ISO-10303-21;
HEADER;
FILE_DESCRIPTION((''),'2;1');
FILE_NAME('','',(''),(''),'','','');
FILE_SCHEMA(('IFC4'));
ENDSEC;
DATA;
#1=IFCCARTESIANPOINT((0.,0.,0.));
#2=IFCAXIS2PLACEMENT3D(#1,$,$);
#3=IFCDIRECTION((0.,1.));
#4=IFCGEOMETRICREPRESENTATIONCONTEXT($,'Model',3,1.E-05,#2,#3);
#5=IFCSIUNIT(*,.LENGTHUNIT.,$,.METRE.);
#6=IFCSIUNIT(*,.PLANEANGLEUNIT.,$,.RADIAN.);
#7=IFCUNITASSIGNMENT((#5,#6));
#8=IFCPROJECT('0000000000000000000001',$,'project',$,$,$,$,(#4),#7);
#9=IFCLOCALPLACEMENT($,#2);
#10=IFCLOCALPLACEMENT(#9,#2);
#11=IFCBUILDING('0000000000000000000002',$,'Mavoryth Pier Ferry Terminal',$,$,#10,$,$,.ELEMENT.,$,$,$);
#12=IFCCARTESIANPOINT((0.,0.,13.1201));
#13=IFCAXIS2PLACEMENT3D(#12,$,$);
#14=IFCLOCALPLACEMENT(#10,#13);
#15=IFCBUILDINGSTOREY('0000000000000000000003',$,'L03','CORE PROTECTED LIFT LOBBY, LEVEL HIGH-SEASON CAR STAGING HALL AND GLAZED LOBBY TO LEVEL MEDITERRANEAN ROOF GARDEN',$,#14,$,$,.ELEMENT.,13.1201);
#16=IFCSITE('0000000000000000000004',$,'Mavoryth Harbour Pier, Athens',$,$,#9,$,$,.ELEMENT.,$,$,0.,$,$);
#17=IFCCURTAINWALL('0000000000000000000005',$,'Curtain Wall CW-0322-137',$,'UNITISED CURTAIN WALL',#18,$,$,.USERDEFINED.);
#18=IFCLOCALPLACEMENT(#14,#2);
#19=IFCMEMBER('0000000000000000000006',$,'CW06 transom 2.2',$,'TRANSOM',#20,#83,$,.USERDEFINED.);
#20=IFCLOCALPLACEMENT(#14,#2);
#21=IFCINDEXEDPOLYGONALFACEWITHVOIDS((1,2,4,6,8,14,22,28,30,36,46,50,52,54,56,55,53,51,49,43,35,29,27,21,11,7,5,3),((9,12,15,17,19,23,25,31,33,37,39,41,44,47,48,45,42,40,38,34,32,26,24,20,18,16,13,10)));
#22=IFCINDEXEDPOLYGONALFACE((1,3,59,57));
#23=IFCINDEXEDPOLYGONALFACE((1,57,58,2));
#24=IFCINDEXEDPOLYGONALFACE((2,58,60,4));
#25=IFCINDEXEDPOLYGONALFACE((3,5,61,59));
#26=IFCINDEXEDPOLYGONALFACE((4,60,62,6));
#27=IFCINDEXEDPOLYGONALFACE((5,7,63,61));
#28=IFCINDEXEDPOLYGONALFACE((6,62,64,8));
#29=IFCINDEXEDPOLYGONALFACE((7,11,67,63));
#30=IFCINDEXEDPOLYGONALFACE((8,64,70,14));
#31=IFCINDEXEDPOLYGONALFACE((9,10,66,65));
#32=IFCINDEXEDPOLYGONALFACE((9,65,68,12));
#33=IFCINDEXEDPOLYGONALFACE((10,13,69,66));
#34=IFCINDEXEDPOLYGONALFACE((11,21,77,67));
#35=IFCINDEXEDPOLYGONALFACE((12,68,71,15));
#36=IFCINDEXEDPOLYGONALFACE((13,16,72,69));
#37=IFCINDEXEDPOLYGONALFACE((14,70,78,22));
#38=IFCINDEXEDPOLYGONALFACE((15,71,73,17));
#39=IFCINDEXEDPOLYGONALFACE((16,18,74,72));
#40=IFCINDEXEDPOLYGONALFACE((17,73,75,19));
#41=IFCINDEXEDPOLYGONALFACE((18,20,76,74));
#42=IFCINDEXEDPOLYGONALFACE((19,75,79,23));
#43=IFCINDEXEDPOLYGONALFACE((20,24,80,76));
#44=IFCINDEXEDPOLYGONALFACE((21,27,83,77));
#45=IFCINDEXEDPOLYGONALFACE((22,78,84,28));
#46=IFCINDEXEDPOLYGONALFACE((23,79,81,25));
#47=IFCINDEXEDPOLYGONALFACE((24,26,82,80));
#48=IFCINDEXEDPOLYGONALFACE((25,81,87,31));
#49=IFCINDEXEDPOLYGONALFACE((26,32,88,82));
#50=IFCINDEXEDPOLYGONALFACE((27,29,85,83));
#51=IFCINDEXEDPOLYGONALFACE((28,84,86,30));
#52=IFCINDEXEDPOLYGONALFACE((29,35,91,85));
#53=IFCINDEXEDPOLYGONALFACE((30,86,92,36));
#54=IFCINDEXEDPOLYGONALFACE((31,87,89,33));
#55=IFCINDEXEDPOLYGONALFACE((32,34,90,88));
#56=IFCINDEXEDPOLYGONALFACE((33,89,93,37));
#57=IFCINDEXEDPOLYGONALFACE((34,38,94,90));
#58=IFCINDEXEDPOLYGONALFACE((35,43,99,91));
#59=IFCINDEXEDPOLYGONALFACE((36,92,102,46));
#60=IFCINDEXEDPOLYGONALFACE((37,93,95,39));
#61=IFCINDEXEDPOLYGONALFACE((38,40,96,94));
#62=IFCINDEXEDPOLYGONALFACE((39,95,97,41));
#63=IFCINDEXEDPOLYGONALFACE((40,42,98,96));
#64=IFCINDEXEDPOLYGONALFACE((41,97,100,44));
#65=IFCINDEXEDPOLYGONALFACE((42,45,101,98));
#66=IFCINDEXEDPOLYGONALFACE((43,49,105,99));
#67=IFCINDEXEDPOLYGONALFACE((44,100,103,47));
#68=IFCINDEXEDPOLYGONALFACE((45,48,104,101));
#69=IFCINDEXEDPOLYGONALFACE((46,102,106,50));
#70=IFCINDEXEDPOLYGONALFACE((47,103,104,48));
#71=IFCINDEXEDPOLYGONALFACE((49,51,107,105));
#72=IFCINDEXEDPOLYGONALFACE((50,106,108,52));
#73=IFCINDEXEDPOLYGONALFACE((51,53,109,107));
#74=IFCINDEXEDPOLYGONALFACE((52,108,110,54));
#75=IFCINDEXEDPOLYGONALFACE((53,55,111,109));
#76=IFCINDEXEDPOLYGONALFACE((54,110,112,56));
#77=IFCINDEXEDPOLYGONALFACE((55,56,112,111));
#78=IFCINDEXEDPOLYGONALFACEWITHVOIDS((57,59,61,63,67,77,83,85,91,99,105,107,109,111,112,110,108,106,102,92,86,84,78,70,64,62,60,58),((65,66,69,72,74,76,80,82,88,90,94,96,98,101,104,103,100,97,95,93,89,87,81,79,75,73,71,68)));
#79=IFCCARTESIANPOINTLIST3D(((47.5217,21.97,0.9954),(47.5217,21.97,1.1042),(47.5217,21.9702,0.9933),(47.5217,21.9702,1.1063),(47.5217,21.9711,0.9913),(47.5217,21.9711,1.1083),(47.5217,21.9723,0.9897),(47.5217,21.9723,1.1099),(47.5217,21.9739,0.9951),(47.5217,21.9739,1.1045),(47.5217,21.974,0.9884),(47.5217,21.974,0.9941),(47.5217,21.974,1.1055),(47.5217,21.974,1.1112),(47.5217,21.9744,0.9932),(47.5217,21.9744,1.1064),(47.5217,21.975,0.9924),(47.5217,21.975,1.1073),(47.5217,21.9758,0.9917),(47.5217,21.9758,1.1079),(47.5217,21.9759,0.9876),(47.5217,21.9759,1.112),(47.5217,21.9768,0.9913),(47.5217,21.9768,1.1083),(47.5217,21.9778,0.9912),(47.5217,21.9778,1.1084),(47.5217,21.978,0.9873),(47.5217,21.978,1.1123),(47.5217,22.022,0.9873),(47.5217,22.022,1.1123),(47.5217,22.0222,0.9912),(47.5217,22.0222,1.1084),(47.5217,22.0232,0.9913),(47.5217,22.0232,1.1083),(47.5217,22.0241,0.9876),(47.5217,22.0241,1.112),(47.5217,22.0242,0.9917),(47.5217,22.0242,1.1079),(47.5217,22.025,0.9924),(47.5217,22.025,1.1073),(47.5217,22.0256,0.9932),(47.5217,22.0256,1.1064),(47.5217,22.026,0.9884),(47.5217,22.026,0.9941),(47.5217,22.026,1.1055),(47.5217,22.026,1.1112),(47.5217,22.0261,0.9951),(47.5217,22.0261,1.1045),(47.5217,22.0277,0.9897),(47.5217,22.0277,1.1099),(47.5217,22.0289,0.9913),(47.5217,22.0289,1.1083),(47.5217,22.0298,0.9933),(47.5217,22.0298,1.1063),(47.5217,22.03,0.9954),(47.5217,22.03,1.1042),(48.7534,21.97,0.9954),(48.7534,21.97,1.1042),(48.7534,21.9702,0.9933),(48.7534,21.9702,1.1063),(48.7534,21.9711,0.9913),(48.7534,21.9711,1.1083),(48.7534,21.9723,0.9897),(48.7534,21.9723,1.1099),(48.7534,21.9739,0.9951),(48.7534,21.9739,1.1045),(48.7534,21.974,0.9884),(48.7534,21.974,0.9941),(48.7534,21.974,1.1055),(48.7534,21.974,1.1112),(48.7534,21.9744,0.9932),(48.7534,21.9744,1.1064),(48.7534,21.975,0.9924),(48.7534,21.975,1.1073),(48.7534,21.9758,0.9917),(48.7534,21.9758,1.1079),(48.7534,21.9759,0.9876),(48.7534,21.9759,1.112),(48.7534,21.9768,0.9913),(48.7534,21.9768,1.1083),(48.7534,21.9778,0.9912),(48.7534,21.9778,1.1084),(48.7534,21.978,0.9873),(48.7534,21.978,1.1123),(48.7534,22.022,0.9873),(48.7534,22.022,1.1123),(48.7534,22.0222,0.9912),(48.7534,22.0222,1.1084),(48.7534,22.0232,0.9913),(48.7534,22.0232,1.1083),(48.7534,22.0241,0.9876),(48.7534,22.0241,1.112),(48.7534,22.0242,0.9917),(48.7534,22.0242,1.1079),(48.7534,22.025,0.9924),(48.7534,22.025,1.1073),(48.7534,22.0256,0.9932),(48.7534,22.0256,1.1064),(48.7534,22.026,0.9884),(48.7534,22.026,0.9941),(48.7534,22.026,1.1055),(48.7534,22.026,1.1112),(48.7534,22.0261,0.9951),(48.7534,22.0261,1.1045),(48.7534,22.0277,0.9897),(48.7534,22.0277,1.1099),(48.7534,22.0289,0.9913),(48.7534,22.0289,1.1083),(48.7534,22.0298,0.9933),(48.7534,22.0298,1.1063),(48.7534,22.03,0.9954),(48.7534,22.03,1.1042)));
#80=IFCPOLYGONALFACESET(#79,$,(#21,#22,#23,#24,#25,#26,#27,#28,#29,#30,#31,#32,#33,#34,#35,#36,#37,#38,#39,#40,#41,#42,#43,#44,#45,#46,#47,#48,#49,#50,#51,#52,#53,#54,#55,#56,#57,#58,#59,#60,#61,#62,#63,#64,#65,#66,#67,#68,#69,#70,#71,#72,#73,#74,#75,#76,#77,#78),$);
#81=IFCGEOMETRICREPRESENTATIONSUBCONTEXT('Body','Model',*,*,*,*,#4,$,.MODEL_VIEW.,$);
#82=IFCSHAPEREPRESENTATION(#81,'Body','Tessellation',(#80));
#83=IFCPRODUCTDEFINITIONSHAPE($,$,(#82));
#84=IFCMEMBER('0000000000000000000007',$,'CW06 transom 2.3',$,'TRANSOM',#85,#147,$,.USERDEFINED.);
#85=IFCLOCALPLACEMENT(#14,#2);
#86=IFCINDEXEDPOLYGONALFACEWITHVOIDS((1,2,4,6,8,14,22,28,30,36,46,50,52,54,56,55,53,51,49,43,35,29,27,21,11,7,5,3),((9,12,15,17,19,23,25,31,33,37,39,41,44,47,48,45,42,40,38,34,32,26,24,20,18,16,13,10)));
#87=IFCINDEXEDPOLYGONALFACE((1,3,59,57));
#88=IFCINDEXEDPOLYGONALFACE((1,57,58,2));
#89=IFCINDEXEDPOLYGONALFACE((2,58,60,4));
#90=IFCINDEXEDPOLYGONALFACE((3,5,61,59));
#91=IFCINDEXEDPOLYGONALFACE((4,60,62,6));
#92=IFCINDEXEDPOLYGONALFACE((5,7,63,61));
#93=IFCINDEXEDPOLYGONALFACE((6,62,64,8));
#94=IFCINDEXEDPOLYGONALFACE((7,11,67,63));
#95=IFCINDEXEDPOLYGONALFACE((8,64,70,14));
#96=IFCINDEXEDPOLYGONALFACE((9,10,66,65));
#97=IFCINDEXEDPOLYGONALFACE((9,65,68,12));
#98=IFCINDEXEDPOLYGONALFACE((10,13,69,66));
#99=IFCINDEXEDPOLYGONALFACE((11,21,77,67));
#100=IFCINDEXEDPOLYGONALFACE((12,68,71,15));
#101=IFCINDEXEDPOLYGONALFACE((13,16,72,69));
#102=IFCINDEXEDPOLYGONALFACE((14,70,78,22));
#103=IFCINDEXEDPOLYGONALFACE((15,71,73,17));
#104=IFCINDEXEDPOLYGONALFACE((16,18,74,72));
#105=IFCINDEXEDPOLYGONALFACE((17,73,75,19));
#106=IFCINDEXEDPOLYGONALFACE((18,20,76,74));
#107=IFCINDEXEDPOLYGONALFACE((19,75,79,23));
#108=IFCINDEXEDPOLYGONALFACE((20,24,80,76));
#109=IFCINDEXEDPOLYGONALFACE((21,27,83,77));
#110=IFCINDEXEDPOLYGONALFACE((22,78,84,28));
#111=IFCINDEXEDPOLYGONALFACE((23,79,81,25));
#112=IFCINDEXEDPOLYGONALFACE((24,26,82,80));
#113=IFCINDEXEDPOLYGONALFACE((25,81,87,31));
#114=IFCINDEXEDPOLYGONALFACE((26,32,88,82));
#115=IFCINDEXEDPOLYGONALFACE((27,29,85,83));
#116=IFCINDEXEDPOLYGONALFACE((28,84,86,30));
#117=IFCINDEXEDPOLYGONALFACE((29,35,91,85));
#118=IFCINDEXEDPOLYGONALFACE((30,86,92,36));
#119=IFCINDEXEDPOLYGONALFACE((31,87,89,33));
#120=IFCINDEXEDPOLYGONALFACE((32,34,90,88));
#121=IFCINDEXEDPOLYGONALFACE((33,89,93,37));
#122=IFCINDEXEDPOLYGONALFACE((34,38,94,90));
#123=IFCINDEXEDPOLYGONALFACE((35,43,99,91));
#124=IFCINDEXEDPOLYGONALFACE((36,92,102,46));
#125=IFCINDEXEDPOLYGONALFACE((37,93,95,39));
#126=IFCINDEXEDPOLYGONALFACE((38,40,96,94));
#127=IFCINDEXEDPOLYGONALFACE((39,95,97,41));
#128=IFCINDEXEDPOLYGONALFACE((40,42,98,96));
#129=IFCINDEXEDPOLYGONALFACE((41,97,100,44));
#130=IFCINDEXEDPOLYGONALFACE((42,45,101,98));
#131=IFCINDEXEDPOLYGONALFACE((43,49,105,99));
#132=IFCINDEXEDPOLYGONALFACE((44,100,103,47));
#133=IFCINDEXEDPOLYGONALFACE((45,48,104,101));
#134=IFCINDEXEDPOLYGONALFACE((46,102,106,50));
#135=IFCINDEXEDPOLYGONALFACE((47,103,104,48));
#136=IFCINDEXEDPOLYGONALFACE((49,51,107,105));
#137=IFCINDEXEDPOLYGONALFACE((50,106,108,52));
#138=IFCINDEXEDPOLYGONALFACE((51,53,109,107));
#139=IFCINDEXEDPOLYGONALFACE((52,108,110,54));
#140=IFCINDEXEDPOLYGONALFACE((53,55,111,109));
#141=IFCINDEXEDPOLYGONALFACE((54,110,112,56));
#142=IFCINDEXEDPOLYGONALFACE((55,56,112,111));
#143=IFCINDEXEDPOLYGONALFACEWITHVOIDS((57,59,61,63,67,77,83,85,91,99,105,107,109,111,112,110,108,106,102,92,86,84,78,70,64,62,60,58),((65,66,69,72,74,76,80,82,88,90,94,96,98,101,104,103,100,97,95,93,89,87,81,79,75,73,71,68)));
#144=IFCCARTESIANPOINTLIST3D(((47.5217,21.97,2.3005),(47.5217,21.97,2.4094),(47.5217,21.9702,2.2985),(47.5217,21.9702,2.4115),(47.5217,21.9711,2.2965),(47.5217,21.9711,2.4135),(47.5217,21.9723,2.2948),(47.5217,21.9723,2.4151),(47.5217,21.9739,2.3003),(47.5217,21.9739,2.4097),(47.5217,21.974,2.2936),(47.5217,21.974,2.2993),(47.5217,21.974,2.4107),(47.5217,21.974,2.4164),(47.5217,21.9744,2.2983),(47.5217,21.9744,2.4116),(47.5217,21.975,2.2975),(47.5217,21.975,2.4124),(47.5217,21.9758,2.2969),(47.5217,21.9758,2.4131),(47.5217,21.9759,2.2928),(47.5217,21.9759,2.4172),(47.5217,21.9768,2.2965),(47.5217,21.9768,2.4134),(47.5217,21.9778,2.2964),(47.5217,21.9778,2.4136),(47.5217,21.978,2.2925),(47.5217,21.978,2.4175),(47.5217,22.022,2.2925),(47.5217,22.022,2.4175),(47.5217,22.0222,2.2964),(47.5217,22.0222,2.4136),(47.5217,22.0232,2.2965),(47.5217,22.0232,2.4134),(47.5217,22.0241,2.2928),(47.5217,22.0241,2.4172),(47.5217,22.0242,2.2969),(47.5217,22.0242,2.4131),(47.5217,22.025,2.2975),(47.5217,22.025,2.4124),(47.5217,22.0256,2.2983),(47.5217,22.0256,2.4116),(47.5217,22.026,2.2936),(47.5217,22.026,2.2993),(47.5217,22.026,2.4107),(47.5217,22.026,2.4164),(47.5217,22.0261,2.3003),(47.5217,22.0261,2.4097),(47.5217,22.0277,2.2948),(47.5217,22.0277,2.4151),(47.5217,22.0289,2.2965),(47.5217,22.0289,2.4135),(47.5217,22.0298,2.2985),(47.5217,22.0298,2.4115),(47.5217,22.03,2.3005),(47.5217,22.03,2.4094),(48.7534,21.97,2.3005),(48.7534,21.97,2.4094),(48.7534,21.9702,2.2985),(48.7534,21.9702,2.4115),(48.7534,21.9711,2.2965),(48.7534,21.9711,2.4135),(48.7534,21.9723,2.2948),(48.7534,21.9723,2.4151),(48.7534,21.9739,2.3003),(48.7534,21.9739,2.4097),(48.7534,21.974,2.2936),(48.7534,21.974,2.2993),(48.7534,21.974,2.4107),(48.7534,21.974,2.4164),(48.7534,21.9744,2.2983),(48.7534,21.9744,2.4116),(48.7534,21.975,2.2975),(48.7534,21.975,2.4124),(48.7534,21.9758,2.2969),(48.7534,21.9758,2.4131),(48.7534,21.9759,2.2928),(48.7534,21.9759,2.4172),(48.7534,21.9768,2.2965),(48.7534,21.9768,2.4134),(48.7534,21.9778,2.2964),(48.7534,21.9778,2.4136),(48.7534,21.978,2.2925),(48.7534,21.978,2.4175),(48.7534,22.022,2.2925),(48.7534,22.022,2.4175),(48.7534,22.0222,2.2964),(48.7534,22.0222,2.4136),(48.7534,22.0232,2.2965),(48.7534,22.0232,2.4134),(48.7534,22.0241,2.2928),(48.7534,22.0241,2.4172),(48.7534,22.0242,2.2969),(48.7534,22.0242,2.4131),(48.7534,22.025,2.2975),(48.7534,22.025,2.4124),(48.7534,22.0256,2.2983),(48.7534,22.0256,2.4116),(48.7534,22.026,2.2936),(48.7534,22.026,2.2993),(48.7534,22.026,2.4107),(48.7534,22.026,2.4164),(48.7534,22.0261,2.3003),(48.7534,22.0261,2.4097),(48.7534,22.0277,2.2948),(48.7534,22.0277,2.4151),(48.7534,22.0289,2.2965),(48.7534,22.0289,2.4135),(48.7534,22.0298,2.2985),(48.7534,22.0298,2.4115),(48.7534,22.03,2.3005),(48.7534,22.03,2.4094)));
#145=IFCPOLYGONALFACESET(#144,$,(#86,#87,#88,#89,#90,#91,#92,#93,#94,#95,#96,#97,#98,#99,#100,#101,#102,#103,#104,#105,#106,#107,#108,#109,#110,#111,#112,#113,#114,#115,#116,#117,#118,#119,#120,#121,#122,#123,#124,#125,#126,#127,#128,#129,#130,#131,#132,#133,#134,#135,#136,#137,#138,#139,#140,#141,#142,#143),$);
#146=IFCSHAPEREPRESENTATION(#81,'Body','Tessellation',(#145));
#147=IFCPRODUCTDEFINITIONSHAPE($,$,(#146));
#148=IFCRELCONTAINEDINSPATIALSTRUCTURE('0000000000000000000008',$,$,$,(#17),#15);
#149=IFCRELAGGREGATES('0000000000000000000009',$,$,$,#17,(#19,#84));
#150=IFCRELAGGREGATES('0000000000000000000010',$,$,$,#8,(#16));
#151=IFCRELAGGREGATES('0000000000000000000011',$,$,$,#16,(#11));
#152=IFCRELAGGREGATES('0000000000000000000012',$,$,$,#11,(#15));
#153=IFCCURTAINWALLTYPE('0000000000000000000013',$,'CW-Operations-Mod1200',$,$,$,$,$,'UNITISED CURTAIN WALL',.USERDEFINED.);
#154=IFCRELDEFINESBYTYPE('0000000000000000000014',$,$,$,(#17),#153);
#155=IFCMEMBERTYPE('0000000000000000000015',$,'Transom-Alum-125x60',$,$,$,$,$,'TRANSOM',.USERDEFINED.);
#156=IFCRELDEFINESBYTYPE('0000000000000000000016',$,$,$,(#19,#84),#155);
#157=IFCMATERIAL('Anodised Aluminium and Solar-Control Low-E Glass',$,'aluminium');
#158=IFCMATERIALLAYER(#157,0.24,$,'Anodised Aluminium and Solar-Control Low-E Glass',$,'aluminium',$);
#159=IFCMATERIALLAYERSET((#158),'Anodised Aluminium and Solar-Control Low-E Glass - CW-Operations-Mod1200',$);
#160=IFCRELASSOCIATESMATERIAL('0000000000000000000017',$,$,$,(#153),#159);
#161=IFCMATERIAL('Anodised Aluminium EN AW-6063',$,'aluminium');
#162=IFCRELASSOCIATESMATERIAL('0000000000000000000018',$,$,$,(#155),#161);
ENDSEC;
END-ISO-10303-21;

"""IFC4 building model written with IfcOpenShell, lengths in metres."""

from ifc_helpers import new_model, si_unit, direction, frame, origin, origin_2d, place, context, subcontext, project, spatial, hollow_rectangle, extrude, material, layer, layer_set, material_profile, profile_set, type_object, element, aggregate, save


model = new_model("IFC4")

# Units and contexts
model_context = context("Model", 3, precision=1e-05, world=origin(), true_north=direction((0.0, 1.0)))
body_context = subcontext(model_context, "Body", "Model", "MODEL_VIEW")
ifc_project = project(units=[si_unit("LENGTHUNIT", "METRE"), si_unit("PLANEANGLEUNIT", "RADIAN")], contexts=[model_context])

# Site, building, storey
site_placement = place(None, origin())
site = spatial("IfcSite", under=ifc_project, at=site_placement, Name="Mavoryth Harbour Pier, Athens", CompositionType="ELEMENT", RefElevation=0.0)
building_placement = place(site_placement, origin())
building = spatial("IfcBuilding", under=site, at=building_placement, Name="Mavoryth Pier Ferry Terminal", CompositionType="ELEMENT")
storey_placement = place(building_placement, frame((0.0, 0.0, 13.1201)))
storey = spatial("IfcBuildingStorey", under=building, at=storey_placement, Name="L03", Description="CORE PROTECTED LIFT LOBBY, LEVEL HIGH-SEASON CAR STAGING HALL AND GLAZED LOBBY TO LEVEL MEDITERRANEAN ROOF GARDEN", CompositionType="ELEMENT", Elevation=13.1201)

# Curtain wall
ifc_material_1 = material(Name="Anodised Aluminium and Solar-Control Low-E Glass", Category="aluminium")
ifc_layer_1 = layer(ifc_material_1, 0.24, Name="Anodised Aluminium and Solar-Control Low-E Glass", Category="aluminium")
ifc_layer_set_1 = layer_set([ifc_layer_1], Name="Anodised Aluminium and Solar-Control Low-E Glass - CW-Operations-Mod1200")
curtain_wall_type = type_object("IfcCurtainWallType", Name="CW-Operations-Mod1200", ElementType="UNITISED CURTAIN WALL", PredefinedType="USERDEFINED", material=ifc_layer_set_1)
curtain_wall_1_placement = place(storey_placement, origin())
curtain_wall_1 = element("IfcCurtainWall", 1, at=curtain_wall_1_placement, inside=storey, type_object=curtain_wall_type, Name="Curtain Wall CW-0322-137", ObjectType="UNITISED CURTAIN WALL", PredefinedType="USERDEFINED")
ifc_material_2 = material(Name="Anodised Aluminium EN AW-6063", Category="aluminium")

# Members
ifc_material_profile_1 = material_profile(ifc_material_2, hollow_rectangle(XDim=0.0601, YDim=0.125, WallThickness=0.0039, InnerFilletRadius=0.0039, OuterFilletRadius=0.0081, at=origin_2d()), Name="AL-TRAN 125x60x4", Category="aluminium")
ifc_profile_set_1 = profile_set([ifc_material_profile_1], Name="Anodised Aluminium EN AW-6063 - AL-TRAN 125x60x4")
member_type_1 = type_object("IfcMemberType", Name="Transom-Alum-125x60", ElementType="TRANSOM", PredefinedType="USERDEFINED", material=ifc_profile_set_1)
member_1_placement = place(storey_placement, frame((48.7534, 22.0, 1.0498), z_axis=(-1.0, 0.0, 0.0), x_axis=(0.0, -1.0, 0.0)))
member_1 = element("IfcMember", 2, at=member_1_placement, type_object=member_type_1, Name="CW06 transom 2.2", ObjectType="TRANSOM", PredefinedType="USERDEFINED", context=body_context, shape_type="SweptSolid", body=[
    extrude(hollow_rectangle(XDim=0.0601, YDim=0.125, WallThickness=0.0039, InnerFilletRadius=0.0039, OuterFilletRadius=0.0081, at=origin_2d()), origin(), (0.0, 0.0, 1.0), 1.2317),
])
member_2_placement = place(storey_placement, frame((48.7534, 22.0, 2.355), z_axis=(-1.0, 0.0, 0.0), x_axis=(0.0, -1.0, 0.0)))
member_2 = element("IfcMember", 3, at=member_2_placement, type_object=member_type_1, Name="CW06 transom 2.3", ObjectType="TRANSOM", PredefinedType="USERDEFINED", context=body_context, shape_type="SweptSolid", body=[
    extrude(hollow_rectangle(XDim=0.0601, YDim=0.125, WallThickness=0.0039, InnerFilletRadius=0.0039, OuterFilletRadius=0.0081, at=origin_2d()), origin(), (0.0, 0.0, 1.0), 1.2317),
])

aggregate(curtain_wall_1, [member_1, member_2])

save(model, "model.ifc")
